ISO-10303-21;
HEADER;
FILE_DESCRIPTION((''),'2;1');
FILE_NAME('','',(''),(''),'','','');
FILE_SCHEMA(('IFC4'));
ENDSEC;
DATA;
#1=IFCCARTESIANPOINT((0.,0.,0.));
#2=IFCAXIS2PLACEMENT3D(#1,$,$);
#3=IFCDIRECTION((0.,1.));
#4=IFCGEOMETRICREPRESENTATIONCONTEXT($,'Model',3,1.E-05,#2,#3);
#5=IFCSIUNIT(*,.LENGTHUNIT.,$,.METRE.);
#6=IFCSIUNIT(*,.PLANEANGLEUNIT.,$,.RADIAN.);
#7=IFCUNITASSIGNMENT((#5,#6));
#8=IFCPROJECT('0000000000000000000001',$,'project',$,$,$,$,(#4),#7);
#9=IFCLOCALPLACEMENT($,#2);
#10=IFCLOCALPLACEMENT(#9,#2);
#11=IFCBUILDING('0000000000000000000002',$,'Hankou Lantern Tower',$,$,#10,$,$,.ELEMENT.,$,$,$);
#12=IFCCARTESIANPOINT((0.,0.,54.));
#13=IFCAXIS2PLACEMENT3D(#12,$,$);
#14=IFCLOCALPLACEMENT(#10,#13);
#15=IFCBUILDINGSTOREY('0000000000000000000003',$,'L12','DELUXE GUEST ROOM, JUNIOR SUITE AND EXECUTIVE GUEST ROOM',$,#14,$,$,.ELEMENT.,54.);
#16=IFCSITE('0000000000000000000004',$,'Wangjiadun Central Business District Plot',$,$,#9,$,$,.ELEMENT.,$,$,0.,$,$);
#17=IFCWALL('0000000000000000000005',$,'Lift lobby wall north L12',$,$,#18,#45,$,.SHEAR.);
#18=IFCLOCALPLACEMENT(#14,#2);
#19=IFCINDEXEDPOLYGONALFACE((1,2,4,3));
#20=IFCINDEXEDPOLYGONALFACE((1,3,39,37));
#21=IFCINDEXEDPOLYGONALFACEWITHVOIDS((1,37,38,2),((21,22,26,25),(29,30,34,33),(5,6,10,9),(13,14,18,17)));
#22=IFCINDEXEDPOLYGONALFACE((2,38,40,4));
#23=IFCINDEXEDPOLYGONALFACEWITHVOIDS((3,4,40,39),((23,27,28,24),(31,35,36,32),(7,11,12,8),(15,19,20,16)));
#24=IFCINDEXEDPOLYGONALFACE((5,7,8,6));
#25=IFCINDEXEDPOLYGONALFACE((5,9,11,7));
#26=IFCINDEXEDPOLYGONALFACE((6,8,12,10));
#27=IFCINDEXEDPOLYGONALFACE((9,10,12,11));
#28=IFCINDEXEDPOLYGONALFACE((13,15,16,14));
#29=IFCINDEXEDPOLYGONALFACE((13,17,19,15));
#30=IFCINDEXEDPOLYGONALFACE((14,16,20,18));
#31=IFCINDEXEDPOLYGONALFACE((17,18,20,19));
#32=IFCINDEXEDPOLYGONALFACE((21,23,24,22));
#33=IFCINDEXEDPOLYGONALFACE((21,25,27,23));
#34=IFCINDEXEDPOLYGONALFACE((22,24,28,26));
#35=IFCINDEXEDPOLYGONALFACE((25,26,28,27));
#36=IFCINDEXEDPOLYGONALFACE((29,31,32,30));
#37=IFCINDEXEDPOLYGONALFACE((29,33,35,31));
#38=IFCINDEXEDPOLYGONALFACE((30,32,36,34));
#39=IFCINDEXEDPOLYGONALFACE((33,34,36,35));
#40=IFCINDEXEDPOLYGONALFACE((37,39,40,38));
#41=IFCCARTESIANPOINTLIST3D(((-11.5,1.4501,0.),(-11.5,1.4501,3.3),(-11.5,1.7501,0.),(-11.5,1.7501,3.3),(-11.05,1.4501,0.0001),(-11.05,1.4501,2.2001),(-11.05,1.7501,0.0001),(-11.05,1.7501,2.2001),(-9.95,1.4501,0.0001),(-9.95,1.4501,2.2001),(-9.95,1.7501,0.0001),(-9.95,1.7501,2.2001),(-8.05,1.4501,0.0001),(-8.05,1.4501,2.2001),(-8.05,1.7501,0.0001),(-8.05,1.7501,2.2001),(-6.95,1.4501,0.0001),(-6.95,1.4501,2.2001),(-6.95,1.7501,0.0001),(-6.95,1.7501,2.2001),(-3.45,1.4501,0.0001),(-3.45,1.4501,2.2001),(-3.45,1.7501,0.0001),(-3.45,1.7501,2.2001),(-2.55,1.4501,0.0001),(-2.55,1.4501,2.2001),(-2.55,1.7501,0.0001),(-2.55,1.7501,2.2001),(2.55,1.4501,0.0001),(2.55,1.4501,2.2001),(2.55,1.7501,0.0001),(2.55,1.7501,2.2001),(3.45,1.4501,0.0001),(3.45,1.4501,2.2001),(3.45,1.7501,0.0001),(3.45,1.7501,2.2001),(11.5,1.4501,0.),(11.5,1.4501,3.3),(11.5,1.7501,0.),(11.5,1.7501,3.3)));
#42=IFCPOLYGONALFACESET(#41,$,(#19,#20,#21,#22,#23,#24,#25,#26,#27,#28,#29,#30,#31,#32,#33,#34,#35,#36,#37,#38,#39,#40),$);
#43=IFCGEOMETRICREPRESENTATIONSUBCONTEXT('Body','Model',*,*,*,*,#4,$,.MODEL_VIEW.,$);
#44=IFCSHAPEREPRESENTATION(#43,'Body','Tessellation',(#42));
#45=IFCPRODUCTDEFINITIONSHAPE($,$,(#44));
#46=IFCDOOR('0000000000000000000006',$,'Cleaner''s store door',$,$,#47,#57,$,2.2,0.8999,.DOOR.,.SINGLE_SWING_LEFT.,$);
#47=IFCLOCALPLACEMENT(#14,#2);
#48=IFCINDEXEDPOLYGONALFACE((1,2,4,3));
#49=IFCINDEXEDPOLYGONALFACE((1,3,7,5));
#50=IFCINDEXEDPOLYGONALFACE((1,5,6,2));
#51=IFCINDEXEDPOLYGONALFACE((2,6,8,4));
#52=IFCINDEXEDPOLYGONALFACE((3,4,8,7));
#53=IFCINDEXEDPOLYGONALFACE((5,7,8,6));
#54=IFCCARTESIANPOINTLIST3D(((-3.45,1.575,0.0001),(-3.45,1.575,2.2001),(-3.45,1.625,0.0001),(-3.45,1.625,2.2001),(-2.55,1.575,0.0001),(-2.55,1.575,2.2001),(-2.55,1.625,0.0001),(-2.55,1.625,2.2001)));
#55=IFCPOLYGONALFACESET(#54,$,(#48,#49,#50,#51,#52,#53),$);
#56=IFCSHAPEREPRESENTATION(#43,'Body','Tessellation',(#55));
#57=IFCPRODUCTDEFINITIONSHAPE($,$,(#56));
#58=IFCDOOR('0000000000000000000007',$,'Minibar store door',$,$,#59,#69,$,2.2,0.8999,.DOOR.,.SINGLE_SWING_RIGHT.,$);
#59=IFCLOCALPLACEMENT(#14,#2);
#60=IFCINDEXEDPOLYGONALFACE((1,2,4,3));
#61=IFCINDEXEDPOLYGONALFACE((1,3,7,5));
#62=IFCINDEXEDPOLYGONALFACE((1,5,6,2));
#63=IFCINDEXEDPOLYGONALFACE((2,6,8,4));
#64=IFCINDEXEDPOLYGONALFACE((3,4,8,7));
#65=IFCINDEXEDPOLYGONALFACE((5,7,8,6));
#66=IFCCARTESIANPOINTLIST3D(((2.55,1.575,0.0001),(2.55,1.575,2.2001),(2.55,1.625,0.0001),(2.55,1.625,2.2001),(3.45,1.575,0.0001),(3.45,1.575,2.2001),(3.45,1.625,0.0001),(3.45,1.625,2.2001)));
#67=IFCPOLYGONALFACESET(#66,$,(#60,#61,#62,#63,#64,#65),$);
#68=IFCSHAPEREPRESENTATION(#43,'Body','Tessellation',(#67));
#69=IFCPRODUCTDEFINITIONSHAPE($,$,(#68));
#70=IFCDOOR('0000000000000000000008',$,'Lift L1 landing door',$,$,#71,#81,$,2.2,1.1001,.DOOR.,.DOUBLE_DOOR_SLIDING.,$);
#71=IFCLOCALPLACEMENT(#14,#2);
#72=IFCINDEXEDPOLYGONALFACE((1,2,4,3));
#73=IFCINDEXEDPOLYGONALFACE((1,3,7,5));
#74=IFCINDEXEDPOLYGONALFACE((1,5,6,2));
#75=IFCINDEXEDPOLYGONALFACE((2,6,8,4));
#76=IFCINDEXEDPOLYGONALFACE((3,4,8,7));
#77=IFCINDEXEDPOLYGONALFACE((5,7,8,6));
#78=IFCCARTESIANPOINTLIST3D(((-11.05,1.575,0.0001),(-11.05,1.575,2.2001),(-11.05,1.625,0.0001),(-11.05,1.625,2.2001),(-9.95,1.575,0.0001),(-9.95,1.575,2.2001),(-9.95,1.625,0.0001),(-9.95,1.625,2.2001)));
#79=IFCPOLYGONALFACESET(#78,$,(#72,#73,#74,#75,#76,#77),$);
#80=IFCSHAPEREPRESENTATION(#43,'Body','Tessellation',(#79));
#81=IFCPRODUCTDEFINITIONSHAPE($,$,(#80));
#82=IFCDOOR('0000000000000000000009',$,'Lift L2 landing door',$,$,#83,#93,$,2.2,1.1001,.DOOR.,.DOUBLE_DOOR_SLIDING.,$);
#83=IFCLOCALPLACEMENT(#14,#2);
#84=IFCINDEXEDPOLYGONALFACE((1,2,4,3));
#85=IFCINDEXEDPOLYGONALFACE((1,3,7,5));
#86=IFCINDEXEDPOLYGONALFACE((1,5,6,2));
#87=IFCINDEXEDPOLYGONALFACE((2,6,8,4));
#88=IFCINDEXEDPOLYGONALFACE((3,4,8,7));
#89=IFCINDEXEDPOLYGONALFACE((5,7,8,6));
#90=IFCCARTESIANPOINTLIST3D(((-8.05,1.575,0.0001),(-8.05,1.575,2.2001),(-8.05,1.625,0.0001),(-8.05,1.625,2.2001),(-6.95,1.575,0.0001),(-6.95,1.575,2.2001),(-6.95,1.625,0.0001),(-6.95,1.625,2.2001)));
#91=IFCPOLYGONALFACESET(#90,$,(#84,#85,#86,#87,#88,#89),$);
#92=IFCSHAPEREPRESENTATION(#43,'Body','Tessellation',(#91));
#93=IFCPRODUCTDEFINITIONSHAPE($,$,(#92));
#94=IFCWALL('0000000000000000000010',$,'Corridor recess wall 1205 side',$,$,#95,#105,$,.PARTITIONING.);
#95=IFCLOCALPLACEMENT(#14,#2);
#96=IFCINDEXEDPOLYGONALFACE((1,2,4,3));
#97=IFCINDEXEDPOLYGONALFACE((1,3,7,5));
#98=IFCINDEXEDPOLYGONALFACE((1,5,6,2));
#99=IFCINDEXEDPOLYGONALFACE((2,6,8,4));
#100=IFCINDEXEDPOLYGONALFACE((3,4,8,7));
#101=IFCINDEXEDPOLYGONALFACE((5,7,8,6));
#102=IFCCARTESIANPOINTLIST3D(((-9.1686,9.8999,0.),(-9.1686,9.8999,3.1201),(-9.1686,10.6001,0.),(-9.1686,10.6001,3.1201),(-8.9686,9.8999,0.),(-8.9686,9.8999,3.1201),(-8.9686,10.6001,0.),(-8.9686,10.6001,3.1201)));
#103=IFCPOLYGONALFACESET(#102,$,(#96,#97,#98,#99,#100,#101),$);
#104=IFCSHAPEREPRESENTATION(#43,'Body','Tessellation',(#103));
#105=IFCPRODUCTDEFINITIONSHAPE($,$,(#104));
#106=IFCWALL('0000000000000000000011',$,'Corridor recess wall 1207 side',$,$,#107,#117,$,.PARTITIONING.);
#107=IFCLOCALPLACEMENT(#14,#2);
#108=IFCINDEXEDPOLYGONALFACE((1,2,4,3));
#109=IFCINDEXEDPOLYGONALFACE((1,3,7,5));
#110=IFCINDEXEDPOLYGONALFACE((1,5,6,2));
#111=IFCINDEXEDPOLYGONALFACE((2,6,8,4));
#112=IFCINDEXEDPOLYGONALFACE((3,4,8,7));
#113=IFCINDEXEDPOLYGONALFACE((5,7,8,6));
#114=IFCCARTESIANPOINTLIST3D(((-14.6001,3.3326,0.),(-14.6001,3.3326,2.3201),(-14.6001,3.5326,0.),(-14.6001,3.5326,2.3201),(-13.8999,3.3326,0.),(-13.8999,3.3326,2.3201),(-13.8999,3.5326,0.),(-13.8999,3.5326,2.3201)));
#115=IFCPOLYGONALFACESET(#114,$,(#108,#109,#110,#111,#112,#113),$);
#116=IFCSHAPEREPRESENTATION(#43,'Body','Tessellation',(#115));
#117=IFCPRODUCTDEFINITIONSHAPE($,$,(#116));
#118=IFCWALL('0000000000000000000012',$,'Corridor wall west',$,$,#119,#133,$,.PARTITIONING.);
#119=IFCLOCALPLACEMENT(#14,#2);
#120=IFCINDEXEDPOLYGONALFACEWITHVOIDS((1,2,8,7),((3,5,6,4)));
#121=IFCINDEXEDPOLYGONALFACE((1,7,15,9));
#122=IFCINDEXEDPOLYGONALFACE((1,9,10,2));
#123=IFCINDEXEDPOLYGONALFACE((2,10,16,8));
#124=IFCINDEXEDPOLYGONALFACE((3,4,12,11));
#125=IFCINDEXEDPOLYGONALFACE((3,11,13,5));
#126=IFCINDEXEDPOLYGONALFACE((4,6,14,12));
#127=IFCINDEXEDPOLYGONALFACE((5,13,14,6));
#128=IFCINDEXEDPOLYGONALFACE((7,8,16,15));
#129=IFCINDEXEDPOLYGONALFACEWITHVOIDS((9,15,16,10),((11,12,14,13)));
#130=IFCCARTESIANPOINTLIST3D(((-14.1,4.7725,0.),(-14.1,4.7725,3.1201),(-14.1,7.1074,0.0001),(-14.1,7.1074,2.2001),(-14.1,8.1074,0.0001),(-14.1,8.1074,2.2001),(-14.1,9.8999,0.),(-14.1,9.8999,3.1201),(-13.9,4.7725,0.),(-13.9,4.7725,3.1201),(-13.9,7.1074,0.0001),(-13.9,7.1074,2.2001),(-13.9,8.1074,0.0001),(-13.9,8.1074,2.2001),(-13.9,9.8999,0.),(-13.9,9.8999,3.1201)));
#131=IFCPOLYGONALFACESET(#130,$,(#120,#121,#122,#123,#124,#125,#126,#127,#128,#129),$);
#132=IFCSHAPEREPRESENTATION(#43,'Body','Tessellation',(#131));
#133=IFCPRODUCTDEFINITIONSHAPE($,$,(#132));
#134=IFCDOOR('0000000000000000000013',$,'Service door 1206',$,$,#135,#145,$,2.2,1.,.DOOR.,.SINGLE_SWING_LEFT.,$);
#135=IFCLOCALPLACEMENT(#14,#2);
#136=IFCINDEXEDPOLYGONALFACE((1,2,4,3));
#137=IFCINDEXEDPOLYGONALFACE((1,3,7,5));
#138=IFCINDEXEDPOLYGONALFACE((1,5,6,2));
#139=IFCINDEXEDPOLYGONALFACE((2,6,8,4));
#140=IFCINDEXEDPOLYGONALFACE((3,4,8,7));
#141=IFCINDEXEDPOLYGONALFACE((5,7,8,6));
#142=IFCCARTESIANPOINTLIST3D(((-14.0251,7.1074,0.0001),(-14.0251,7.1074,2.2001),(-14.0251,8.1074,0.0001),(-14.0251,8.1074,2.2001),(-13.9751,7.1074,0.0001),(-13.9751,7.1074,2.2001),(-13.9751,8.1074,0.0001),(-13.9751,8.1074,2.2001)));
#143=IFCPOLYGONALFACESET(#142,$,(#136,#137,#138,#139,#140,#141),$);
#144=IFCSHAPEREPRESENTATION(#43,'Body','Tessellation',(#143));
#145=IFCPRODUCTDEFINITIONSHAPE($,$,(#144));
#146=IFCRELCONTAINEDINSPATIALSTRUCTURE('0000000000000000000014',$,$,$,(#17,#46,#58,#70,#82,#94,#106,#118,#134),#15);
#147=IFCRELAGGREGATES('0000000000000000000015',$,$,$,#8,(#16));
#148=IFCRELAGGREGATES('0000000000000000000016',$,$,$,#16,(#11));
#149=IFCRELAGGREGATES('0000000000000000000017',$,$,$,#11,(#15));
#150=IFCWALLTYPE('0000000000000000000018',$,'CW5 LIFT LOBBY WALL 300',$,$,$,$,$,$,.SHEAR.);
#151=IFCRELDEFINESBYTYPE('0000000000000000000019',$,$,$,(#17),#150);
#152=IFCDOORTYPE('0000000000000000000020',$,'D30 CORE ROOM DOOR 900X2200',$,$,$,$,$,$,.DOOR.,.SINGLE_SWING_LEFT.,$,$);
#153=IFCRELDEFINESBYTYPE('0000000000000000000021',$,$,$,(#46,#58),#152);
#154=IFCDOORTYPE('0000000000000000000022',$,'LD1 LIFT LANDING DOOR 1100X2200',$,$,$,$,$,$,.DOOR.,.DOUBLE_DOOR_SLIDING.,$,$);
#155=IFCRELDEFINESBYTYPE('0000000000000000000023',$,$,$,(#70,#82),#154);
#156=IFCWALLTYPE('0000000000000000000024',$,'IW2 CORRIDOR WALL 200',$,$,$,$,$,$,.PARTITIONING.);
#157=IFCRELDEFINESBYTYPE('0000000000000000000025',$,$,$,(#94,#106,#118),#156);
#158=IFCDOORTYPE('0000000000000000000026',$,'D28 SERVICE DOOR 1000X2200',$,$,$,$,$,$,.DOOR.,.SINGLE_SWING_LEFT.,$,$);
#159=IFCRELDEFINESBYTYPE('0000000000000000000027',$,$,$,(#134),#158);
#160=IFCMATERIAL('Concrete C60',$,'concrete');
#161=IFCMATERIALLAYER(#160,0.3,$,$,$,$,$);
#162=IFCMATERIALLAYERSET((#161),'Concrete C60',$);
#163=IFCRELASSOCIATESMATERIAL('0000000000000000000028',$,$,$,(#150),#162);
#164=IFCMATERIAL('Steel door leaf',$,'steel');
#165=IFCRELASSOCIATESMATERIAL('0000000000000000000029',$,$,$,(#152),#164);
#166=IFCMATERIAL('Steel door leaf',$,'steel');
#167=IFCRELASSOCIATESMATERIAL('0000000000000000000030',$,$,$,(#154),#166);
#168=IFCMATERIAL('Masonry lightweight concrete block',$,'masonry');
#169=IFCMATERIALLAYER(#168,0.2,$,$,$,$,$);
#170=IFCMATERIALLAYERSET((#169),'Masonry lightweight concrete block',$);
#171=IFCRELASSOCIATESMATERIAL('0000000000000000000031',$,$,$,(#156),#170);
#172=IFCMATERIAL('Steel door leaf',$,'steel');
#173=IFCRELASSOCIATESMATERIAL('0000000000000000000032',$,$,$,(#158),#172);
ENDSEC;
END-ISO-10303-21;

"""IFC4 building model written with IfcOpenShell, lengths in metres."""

from ifc_helpers import new_model, si_unit, direction, frame, frame_2d, origin, place, context, subcontext, project, spatial, rectangle, extrude, material, layer, layer_set, type_object, element, fill, save


model = new_model("IFC4")

# Units and contexts
model_context = context("Model", 3, precision=1e-05, world=origin(), true_north=direction((0.0, 1.0)))
body_context = subcontext(model_context, "Body", "Model", "MODEL_VIEW")
ifc_project = project(units=[si_unit("LENGTHUNIT", "METRE"), si_unit("PLANEANGLEUNIT", "RADIAN")], contexts=[model_context])

# Site, building, storey
site_placement = place(None, origin())
site = spatial("IfcSite", under=ifc_project, at=site_placement, Name="Wangjiadun Central Business District Plot", CompositionType="ELEMENT", RefElevation=0.0)
building_placement = place(site_placement, origin())
building = spatial("IfcBuilding", under=site, at=building_placement, Name="Hankou Lantern Tower", CompositionType="ELEMENT")
storey_placement = place(building_placement, frame((0.0, 0.0, 54.0)))
storey = spatial("IfcBuildingStorey", under=building, at=storey_placement, Name="L12", Description="DELUXE GUEST ROOM, JUNIOR SUITE AND EXECUTIVE GUEST ROOM", CompositionType="ELEMENT", Elevation=54.0)

# Wall, openings, doors
ifc_material_1 = material(Name="Concrete C60", Category="concrete")
ifc_layer_1 = layer(ifc_material_1, 0.3)
ifc_layer_set_1 = layer_set([ifc_layer_1], Name="Concrete C60")
wall_type_1 = type_object("IfcWallType", Name="CW5 LIFT LOBBY WALL 300", PredefinedType="SHEAR", material=ifc_layer_set_1)
wall_1_placement = place(storey_placement, frame((-11.5, 1.6001, 0.0), z_axis=(0.0, 0.0, 1.0), x_axis=(1.0, 0.0, 0.0)))
wall_1 = element("IfcWall", 1, at=wall_1_placement, inside=storey, type_object=wall_type_1, Name="Lift lobby wall north L12", PredefinedType="SHEAR", context=body_context, shape_type="SweptSolid", body=[
    extrude(rectangle(XDim=23.0, YDim=0.3, at=frame_2d((11.5, 0.0))), origin(), (0.0, 0.0, 1.0), 3.3),
])
opening_1_placement = place(wall_1_placement, frame((0.45, 0.0, 0.0)))
opening_1 = element("IfcOpeningElement", 2, at=opening_1_placement, cuts=wall_1, PredefinedType="OPENING", context=body_context, shape_type="SweptSolid", body=[
    extrude(rectangle(XDim=1.1001, YDim=2.2, at=frame_2d((0.55, 1.1001))), frame((0.0, 0.1599, 0.0), z_axis=(0.0, -1.0, 0.0), x_axis=(1.0, 0.0, 0.0)), (0.0, 0.0, 1.0), 0.3201),
])
opening_2_placement = place(wall_1_placement, frame((3.45, 0.0, 0.0)))
opening_2 = element("IfcOpeningElement", 3, at=opening_2_placement, cuts=wall_1, PredefinedType="OPENING", context=body_context, shape_type="SweptSolid", body=[
    extrude(rectangle(XDim=1.1001, YDim=2.2, at=frame_2d((0.55, 1.1001))), frame((0.0, 0.1599, 0.0), z_axis=(0.0, -1.0, 0.0), x_axis=(1.0, 0.0, 0.0)), (0.0, 0.0, 1.0), 0.3201),
])
opening_3_placement = place(wall_1_placement, frame((8.05, 0.0, 0.0)))
opening_3 = element("IfcOpeningElement", 4, at=opening_3_placement, cuts=wall_1, PredefinedType="OPENING", context=body_context, shape_type="SweptSolid", body=[
    extrude(rectangle(XDim=0.8999, YDim=2.2, at=frame_2d((0.45, 1.1001))), frame((0.0, 0.1599, 0.0), z_axis=(0.0, -1.0, 0.0), x_axis=(1.0, 0.0, 0.0)), (0.0, 0.0, 1.0), 0.3201),
])
opening_4_placement = place(wall_1_placement, frame((14.05, 0.0, 0.0)))
opening_4 = element("IfcOpeningElement", 5, at=opening_4_placement, cuts=wall_1, PredefinedType="OPENING", context=body_context, shape_type="SweptSolid", body=[
    extrude(rectangle(XDim=0.8999, YDim=2.2, at=frame_2d((0.45, 1.1001))), frame((0.0, 0.1599, 0.0), z_axis=(0.0, -1.0, 0.0), x_axis=(1.0, 0.0, 0.0)), (0.0, 0.0, 1.0), 0.3201),
])
ifc_material_2 = material(Name="Steel door leaf", Category="steel")
door_type_1 = type_object("IfcDoorType", Name="D30 CORE ROOM DOOR 900X2200", OperationType="SINGLE_SWING_LEFT", PredefinedType="DOOR", material=ifc_material_2)
door_1_placement = place(opening_3_placement, origin())
door_1 = element("IfcDoor", 6, at=door_1_placement, inside=storey, type_object=door_type_1, Name="Cleaner's store door", OperationType="SINGLE_SWING_LEFT", OverallHeight=2.2, OverallWidth=0.8999, PredefinedType="DOOR", context=body_context, shape_type="SweptSolid", body=[
    extrude(rectangle(XDim=0.8999, YDim=2.2, at=frame_2d((0.45, 1.1001))), frame((0.0, 0.0249, 0.0), z_axis=(0.0, -1.0, 0.0), x_axis=(1.0, 0.0, 0.0)), (0.0, 0.0, 1.0), 0.05),
])
fill(opening_3, door_1)
door_2_placement = place(opening_4_placement, origin())
door_2 = element("IfcDoor", 7, at=door_2_placement, inside=storey, type_object=door_type_1, Name="Minibar store door", OperationType="SINGLE_SWING_RIGHT", OverallHeight=2.2, OverallWidth=0.8999, PredefinedType="DOOR", context=body_context, shape_type="SweptSolid", body=[
    extrude(rectangle(XDim=0.8999, YDim=2.2, at=frame_2d((0.45, 1.1001))), frame((0.0, 0.0249, 0.0), z_axis=(0.0, -1.0, 0.0), x_axis=(1.0, 0.0, 0.0)), (0.0, 0.0, 1.0), 0.05),
])
fill(opening_4, door_2)
ifc_material_3 = material(Name="Steel door leaf", Category="steel")
door_type_2 = type_object("IfcDoorType", Name="LD1 LIFT LANDING DOOR 1100X2200", OperationType="DOUBLE_DOOR_SLIDING", PredefinedType="DOOR", material=ifc_material_3)
door_3_placement = place(opening_1_placement, origin())
door_3 = element("IfcDoor", 8, at=door_3_placement, inside=storey, type_object=door_type_2, Name="Lift L1 landing door", OperationType="DOUBLE_DOOR_SLIDING", OverallHeight=2.2, OverallWidth=1.1001, PredefinedType="DOOR", context=body_context, shape_type="SweptSolid", body=[
    extrude(rectangle(XDim=1.1001, YDim=2.2, at=frame_2d((0.55, 1.1001))), frame((0.0, 0.0249, 0.0), z_axis=(0.0, -1.0, 0.0), x_axis=(1.0, 0.0, 0.0)), (0.0, 0.0, 1.0), 0.05),
])
fill(opening_1, door_3)
door_4_placement = place(opening_2_placement, origin())
door_4 = element("IfcDoor", 9, at=door_4_placement, inside=storey, type_object=door_type_2, Name="Lift L2 landing door", OperationType="DOUBLE_DOOR_SLIDING", OverallHeight=2.2, OverallWidth=1.1001, PredefinedType="DOOR", context=body_context, shape_type="SweptSolid", body=[
    extrude(rectangle(XDim=1.1001, YDim=2.2, at=frame_2d((0.55, 1.1001))), frame((0.0, 0.0249, 0.0), z_axis=(0.0, -1.0, 0.0), x_axis=(1.0, 0.0, 0.0)), (0.0, 0.0, 1.0), 0.05),
])
fill(opening_2, door_4)

# Walls
ifc_material_4 = material(Name="Masonry lightweight concrete block", Category="masonry")
ifc_layer_2 = layer(ifc_material_4, 0.2)
ifc_layer_set_2 = layer_set([ifc_layer_2], Name="Masonry lightweight concrete block")
wall_type_2 = type_object("IfcWallType", Name="IW2 CORRIDOR WALL 200", PredefinedType="PARTITIONING", material=ifc_layer_set_2)
wall_2_placement = place(storey_placement, frame((-9.0686, 9.8999, 0.0), z_axis=(0.0, 0.0, 1.0), x_axis=(0.0, 1.0, 0.0)))
element("IfcWall", 10, at=wall_2_placement, inside=storey, type_object=wall_type_2, Name="Corridor recess wall 1205 side", PredefinedType="PARTITIONING", context=body_context, shape_type="SweptSolid", body=[
    extrude(rectangle(XDim=0.7002, YDim=0.2, at=frame_2d((0.3501, 0.0))), origin(), (0.0, 0.0, 1.0), 3.1201),
])
wall_3_placement = place(storey_placement, frame((-13.8999, 3.4326, 0.0), z_axis=(0.0, 0.0, 1.0), x_axis=(-1.0, 0.0, 0.0)))
element("IfcWall", 11, at=wall_3_placement, inside=storey, type_object=wall_type_2, Name="Corridor recess wall 1207 side", PredefinedType="PARTITIONING", context=body_context, shape_type="SweptSolid", body=[
    extrude(rectangle(XDim=0.7002, YDim=0.2, at=frame_2d((0.3501, 0.0))), origin(), (0.0, 0.0, 1.0), 2.3201),
])

# Wall, opening, door
wall_4_placement = place(storey_placement, frame((-14.0, 9.8999, 0.0), z_axis=(0.0, 0.0, 1.0), x_axis=(0.0, -1.0, 0.0)))
wall_4 = element("IfcWall", 12, at=wall_4_placement, inside=storey, type_object=wall_type_2, Name="Corridor wall west", PredefinedType="PARTITIONING", context=body_context, shape_type="SweptSolid", body=[
    extrude(rectangle(XDim=5.1274, YDim=0.2, at=frame_2d((2.5637, 0.0))), origin(), (0.0, 0.0, 1.0), 3.1201),
])
opening_5_placement = place(wall_4_placement, frame((1.7925, 0.0, 0.0)))
opening_5 = element("IfcOpeningElement", 13, at=opening_5_placement, cuts=wall_4, PredefinedType="OPENING", context=body_context, shape_type="SweptSolid", body=[
    extrude(rectangle(XDim=1.0, YDim=2.2, at=frame_2d((0.5, 1.1001))), frame((0.0, 0.1099, 0.0), z_axis=(0.0, -1.0, 0.0), x_axis=(1.0, 0.0, 0.0)), (0.0, 0.0, 1.0), 0.22),
])
ifc_material_5 = material(Name="Steel door leaf", Category="steel")
door_type_3 = type_object("IfcDoorType", Name="D28 SERVICE DOOR 1000X2200", OperationType="SINGLE_SWING_LEFT", PredefinedType="DOOR", material=ifc_material_5)
door_5_placement = place(opening_5_placement, origin())
door_5 = element("IfcDoor", 14, at=door_5_placement, inside=storey, type_object=door_type_3, Name="Service door 1206", OperationType="SINGLE_SWING_LEFT", OverallHeight=2.2, OverallWidth=1.0, PredefinedType="DOOR", context=body_context, shape_type="SweptSolid", body=[
    extrude(rectangle(XDim=1.0, YDim=2.2, at=frame_2d((0.5, 1.1001))), frame((0.0, 0.0249, 0.0), z_axis=(0.0, -1.0, 0.0), x_axis=(1.0, 0.0, 0.0)), (0.0, 0.0, 1.0), 0.05),
])
fill(opening_5, door_5)

save(model, "model.ifc")
